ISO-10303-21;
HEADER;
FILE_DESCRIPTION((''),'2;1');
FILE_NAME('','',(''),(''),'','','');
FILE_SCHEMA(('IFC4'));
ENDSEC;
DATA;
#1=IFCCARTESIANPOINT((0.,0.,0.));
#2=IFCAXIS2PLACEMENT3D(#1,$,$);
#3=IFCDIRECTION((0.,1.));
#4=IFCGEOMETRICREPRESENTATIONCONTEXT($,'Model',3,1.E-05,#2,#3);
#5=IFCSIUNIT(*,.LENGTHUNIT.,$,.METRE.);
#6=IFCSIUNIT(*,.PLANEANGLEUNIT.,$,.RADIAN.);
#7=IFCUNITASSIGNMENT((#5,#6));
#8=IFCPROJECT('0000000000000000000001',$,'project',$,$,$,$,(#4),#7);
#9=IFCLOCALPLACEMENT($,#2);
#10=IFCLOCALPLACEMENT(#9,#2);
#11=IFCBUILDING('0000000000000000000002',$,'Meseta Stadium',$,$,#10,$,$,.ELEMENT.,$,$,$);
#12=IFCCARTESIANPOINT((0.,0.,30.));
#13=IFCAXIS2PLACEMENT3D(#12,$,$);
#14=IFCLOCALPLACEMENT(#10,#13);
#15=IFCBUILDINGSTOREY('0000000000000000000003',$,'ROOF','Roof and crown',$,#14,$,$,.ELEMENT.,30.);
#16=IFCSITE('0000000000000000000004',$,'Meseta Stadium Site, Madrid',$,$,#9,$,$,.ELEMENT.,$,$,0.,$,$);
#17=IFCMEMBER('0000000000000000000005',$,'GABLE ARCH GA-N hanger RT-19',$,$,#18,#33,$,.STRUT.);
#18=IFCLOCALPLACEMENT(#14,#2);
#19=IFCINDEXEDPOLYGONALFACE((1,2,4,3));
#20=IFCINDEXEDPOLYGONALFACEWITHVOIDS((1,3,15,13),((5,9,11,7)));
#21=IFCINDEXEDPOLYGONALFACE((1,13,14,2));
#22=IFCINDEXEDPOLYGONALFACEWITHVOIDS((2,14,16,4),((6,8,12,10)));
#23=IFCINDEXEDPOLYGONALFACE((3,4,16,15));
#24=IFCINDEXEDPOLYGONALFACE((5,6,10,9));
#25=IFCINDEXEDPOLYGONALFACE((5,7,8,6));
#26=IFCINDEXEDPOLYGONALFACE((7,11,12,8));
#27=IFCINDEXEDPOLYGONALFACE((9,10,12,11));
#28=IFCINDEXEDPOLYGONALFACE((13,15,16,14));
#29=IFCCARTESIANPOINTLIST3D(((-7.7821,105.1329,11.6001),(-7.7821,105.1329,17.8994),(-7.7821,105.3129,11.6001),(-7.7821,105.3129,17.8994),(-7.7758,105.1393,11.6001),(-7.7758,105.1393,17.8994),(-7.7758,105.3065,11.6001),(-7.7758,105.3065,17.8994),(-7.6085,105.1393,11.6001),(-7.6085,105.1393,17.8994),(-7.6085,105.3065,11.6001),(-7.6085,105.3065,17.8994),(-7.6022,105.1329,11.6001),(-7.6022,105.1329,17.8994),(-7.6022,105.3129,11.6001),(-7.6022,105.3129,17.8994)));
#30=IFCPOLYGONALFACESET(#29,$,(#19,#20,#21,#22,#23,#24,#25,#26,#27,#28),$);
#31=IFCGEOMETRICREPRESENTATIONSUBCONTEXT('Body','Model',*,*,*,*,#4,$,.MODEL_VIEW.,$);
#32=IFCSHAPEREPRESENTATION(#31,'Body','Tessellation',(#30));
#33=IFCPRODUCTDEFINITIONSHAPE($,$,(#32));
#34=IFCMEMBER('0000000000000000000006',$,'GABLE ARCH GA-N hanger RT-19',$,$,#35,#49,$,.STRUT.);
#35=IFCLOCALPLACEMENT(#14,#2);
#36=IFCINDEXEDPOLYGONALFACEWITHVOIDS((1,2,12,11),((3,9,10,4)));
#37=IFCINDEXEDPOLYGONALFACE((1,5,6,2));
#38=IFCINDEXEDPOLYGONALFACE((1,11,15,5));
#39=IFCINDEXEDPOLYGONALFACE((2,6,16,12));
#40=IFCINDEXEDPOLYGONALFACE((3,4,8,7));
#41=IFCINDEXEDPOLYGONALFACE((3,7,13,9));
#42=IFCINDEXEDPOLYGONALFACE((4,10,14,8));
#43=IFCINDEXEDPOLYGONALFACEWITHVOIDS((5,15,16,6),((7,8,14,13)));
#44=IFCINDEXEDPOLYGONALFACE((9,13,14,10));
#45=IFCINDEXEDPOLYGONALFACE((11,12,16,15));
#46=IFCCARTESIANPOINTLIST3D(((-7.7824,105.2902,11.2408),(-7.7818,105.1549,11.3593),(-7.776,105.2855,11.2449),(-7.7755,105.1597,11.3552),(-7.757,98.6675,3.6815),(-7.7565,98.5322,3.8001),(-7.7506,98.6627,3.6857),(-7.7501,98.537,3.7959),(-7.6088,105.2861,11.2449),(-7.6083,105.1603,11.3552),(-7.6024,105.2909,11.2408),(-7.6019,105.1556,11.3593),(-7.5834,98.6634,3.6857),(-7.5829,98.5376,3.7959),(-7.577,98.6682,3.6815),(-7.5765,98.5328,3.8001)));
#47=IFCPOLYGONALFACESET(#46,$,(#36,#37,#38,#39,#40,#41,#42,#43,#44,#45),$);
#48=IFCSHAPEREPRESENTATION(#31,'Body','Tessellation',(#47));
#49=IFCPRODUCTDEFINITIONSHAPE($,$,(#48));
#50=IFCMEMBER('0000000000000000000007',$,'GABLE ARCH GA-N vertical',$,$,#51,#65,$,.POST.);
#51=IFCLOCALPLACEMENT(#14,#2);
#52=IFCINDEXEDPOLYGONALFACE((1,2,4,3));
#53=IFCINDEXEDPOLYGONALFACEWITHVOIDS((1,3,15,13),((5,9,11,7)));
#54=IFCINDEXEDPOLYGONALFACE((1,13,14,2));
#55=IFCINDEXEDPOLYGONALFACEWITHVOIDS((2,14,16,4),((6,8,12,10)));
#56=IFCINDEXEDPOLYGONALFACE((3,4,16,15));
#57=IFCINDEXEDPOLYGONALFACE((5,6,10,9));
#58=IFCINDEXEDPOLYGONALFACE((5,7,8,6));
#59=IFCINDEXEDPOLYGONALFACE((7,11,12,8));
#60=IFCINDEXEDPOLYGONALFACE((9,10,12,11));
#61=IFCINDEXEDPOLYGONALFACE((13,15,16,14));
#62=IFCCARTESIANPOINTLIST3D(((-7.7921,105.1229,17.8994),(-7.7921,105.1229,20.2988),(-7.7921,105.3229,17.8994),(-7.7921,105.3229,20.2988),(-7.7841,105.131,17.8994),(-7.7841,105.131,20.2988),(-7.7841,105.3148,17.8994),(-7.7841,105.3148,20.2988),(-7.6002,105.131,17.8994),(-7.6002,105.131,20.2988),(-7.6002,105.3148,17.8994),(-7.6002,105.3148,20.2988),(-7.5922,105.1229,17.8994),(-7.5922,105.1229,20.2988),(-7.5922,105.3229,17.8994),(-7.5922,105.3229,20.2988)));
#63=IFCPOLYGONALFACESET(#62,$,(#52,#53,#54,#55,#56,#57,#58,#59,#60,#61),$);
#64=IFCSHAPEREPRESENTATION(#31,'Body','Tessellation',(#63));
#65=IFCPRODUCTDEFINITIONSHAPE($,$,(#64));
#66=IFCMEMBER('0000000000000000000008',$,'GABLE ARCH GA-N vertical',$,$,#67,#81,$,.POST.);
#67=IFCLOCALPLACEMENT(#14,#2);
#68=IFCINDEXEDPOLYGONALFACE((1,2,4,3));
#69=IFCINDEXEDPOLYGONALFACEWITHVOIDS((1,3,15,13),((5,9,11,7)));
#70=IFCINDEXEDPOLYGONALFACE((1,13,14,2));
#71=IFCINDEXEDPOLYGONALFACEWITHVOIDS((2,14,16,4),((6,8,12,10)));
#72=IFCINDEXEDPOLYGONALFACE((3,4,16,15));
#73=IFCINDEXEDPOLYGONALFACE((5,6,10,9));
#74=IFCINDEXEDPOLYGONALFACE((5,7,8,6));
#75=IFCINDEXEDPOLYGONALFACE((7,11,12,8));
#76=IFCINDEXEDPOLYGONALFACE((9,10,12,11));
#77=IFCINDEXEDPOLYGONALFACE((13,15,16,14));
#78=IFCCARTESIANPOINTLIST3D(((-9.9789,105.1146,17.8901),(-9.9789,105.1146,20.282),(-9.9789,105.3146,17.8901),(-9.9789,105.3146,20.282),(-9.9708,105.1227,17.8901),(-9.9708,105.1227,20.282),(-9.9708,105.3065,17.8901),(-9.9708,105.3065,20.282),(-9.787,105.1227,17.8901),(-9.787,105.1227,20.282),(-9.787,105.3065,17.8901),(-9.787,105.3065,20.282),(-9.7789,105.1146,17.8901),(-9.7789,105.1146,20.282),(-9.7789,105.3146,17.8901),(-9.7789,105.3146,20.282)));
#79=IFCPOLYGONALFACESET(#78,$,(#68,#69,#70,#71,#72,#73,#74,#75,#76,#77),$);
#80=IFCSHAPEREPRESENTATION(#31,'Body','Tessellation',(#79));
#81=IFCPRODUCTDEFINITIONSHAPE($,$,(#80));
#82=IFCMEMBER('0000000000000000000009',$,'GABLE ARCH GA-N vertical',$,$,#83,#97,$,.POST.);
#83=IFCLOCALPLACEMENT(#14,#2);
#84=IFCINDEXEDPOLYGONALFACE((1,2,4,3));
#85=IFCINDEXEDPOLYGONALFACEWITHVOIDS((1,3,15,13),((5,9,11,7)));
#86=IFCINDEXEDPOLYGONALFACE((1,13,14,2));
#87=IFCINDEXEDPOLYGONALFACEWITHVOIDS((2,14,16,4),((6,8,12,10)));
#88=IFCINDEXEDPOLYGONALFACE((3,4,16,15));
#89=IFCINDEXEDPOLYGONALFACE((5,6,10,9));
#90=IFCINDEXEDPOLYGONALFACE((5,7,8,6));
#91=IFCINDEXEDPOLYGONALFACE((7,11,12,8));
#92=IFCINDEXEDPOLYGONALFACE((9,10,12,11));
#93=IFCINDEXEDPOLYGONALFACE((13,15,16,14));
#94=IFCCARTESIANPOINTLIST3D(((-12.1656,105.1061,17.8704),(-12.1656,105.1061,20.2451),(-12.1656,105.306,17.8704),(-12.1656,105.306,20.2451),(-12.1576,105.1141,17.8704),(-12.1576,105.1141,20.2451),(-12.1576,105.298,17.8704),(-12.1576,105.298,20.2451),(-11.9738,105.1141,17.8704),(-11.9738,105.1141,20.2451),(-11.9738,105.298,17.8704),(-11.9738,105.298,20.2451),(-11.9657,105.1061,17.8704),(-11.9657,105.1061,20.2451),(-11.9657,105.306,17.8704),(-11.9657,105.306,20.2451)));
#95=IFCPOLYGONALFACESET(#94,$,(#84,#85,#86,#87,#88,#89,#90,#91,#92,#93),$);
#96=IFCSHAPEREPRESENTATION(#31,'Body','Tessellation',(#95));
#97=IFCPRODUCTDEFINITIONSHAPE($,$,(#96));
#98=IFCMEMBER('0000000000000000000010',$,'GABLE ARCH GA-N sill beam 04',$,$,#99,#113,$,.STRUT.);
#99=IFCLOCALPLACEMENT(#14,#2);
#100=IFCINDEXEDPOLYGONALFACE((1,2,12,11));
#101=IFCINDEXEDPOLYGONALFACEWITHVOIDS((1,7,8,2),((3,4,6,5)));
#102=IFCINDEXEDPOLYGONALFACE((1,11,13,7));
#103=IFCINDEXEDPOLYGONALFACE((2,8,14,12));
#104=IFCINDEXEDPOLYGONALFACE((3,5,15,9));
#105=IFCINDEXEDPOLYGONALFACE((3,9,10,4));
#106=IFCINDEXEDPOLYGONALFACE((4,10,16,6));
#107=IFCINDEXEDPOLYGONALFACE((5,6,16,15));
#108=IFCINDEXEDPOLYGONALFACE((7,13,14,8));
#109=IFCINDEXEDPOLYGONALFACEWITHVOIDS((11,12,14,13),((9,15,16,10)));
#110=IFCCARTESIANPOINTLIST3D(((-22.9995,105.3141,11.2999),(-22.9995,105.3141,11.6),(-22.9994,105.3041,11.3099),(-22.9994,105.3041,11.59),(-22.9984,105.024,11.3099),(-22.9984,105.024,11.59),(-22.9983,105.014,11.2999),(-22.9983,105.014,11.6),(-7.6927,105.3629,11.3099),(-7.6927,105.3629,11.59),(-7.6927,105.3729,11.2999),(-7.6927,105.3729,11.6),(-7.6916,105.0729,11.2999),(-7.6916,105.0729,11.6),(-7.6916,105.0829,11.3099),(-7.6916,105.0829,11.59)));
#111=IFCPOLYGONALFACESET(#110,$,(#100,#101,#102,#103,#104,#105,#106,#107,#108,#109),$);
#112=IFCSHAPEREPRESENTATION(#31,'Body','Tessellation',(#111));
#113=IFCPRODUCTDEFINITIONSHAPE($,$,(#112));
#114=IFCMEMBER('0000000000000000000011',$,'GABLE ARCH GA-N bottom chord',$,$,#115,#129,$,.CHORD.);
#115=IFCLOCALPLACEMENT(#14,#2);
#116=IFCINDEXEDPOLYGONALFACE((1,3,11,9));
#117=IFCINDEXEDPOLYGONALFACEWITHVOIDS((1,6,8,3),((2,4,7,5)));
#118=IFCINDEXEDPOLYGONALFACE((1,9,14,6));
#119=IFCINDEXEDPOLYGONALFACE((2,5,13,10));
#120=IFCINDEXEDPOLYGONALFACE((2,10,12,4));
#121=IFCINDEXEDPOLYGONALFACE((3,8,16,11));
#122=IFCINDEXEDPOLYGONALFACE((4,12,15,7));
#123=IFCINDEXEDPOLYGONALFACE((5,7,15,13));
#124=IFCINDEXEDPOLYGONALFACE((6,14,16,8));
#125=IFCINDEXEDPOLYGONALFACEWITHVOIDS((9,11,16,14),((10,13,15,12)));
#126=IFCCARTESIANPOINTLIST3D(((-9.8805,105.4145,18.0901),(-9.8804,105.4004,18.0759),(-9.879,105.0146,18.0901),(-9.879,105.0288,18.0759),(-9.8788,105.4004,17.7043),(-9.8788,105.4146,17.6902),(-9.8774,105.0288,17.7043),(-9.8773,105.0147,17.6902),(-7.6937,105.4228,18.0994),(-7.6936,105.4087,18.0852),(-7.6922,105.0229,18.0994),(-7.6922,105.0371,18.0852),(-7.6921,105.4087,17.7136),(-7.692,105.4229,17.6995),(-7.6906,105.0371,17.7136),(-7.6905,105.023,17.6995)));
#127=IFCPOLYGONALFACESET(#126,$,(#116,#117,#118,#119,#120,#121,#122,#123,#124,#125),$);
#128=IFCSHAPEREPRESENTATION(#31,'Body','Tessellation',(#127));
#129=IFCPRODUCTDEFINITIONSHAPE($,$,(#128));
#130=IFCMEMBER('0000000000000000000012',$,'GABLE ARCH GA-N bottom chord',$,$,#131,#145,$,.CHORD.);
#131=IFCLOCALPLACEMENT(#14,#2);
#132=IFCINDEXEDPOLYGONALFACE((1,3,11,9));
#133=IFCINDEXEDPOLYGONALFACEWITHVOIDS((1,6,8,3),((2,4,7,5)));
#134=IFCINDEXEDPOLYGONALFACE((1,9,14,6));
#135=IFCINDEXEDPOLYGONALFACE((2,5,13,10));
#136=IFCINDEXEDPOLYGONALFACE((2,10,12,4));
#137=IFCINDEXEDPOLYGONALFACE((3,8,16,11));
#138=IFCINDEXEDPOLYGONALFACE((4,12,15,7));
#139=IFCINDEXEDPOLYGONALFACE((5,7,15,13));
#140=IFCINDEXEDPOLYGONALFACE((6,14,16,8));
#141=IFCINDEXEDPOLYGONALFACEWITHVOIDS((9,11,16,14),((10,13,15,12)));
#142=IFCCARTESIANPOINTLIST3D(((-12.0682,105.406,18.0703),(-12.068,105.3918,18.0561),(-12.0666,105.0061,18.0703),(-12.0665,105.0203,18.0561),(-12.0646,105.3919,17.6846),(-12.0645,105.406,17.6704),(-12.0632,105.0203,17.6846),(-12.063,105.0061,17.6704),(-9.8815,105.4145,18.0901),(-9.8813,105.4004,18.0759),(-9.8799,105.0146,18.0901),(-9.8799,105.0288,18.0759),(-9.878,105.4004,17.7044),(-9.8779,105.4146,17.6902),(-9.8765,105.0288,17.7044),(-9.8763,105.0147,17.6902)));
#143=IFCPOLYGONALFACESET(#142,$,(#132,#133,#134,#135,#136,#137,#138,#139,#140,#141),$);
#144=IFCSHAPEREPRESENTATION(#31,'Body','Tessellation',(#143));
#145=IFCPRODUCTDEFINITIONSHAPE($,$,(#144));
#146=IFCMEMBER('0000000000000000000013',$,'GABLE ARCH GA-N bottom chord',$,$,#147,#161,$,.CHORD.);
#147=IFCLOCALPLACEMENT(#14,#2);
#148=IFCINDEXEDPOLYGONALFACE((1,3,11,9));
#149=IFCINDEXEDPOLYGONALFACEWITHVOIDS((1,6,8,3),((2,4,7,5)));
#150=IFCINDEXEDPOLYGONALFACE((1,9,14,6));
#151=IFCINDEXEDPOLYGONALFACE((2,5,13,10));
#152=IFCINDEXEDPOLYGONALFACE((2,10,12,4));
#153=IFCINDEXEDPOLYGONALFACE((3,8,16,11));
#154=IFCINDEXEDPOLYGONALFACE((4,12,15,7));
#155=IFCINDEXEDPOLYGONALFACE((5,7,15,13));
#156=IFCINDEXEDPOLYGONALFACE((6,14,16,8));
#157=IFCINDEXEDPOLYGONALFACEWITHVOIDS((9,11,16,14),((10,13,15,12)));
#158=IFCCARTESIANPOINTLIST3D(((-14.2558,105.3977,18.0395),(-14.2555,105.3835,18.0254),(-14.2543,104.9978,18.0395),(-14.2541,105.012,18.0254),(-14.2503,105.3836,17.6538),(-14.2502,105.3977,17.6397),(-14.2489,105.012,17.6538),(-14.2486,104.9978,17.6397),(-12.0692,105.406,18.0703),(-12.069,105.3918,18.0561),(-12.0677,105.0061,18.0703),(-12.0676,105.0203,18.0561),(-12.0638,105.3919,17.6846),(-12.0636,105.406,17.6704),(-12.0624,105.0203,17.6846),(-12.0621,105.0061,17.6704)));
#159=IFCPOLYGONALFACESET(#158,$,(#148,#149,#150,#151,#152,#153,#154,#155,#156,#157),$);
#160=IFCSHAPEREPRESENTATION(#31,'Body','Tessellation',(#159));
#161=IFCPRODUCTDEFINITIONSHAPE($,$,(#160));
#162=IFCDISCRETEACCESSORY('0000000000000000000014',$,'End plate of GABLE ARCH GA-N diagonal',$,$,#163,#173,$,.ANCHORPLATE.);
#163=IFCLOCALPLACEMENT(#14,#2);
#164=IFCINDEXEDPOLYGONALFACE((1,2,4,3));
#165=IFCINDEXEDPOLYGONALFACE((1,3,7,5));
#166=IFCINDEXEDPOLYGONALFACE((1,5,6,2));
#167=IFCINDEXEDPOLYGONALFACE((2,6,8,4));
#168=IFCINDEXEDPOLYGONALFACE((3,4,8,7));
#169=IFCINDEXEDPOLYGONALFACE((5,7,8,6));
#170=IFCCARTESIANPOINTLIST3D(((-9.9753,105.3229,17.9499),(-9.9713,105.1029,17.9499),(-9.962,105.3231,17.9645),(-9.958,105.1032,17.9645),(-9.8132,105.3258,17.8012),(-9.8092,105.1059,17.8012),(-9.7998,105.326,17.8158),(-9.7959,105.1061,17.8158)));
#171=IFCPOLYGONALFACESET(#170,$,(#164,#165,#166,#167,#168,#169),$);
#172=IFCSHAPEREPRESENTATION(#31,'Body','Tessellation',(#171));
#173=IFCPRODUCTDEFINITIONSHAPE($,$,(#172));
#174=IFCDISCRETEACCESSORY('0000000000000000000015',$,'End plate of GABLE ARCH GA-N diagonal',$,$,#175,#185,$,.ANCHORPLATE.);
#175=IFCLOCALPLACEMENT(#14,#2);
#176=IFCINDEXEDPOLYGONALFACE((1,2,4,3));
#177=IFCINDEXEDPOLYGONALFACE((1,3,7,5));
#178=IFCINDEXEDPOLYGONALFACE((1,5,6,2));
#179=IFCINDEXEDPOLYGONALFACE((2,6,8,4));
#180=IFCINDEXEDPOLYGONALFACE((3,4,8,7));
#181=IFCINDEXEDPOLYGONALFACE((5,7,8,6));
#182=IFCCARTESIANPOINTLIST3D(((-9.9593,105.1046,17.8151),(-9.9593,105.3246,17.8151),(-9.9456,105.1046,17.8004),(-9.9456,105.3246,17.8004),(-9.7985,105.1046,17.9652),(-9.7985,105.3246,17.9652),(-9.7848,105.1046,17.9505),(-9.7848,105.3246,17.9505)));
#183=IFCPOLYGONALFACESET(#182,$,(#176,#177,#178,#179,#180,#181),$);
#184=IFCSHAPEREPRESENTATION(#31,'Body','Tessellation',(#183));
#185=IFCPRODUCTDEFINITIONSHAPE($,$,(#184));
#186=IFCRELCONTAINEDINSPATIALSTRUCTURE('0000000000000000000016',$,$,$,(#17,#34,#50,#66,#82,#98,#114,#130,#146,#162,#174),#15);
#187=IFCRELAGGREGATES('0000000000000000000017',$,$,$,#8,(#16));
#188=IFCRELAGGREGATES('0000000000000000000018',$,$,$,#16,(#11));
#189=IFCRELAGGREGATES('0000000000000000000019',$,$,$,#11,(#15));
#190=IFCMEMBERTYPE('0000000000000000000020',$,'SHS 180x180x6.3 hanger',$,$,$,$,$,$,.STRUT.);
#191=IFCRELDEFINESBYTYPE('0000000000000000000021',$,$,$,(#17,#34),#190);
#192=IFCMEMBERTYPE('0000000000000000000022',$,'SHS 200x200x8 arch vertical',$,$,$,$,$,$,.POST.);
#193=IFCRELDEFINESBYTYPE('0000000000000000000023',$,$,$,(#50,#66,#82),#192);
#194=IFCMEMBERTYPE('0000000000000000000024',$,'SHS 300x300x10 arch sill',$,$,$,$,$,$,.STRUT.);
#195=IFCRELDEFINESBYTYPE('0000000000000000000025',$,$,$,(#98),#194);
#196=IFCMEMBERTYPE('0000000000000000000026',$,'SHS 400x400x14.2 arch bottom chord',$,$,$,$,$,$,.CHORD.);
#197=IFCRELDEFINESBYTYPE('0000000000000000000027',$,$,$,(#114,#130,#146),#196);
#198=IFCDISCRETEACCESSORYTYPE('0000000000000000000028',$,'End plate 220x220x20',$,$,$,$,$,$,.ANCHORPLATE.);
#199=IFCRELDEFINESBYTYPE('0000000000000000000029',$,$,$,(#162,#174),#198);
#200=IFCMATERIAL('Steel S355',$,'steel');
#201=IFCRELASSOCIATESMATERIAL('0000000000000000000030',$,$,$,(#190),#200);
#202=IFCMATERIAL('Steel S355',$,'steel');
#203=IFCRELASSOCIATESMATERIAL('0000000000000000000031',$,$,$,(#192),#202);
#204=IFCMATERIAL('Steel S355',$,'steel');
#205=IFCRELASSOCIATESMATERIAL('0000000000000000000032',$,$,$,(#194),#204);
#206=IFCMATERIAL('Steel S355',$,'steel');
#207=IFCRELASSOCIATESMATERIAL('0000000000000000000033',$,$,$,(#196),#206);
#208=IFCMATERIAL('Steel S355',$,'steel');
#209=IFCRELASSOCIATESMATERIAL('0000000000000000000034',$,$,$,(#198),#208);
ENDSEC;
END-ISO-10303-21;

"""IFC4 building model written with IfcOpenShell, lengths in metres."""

from ifc_helpers import new_model, si_unit, direction, frame, origin, origin_2d, place, context, subcontext, project, spatial, rectangle, hollow_rectangle, extrude, material, material_profile, profile_set, type_object, element, save


model = new_model("IFC4")

# Units and contexts
model_context = context("Model", 3, precision=1e-05, world=origin(), true_north=direction((0.0, 1.0)))
body_context = subcontext(model_context, "Body", "Model", "MODEL_VIEW")
ifc_project = project(units=[si_unit("LENGTHUNIT", "METRE"), si_unit("PLANEANGLEUNIT", "RADIAN")], contexts=[model_context])

# Site, building, storey
site_placement = place(None, origin())
site = spatial("IfcSite", under=ifc_project, at=site_placement, Name="Meseta Stadium Site, Madrid", CompositionType="ELEMENT", RefElevation=0.0)
building_placement = place(site_placement, origin())
building = spatial("IfcBuilding", under=site, at=building_placement, Name="Meseta Stadium", CompositionType="ELEMENT")
storey_placement = place(building_placement, frame((0.0, 0.0, 30.0)))
storey = spatial("IfcBuildingStorey", under=building, at=storey_placement, Name="ROOF", Description="Roof and crown", CompositionType="ELEMENT", Elevation=30.0)

# Members
ifc_material_1 = material(Name="Steel S355", Category="steel")
ifc_material_profile_1 = material_profile(ifc_material_1, hollow_rectangle(XDim=0.1799, YDim=0.1799, WallThickness=0.0063, at=origin_2d()), Name="SHS 180x180x6.3")
ifc_profile_set_1 = profile_set([ifc_material_profile_1], Name="Steel S355")
member_type_1 = type_object("IfcMemberType", Name="SHS 180x180x6.3 hanger", PredefinedType="STRUT", material=ifc_profile_set_1)
member_1_placement = place(storey_placement, frame((-7.6921, 105.2229, 17.8994), z_axis=(0.0, 0.0, -1.0), x_axis=(1.0, 0.0, 0.0)))
element("IfcMember", 1, at=member_1_placement, inside=storey, type_object=member_type_1, Name="GABLE ARCH GA-N hanger RT-19", PredefinedType="STRUT", context=body_context, shape_type="SweptSolid", body=[
    extrude(hollow_rectangle(XDim=0.1799, YDim=0.1799, WallThickness=0.0063, at=origin_2d()), origin(), (0.0, 0.0, 1.0), 6.2993),
])
member_2_placement = place(storey_placement, frame((-7.6921, 105.2229, 11.3), z_axis=(0.002526, -0.658975, -0.75216), x_axis=(0.999993, 0.003834, 0.0)))
element("IfcMember", 2, at=member_2_placement, inside=storey, type_object=member_type_1, Name="GABLE ARCH GA-N hanger RT-19", PredefinedType="STRUT", context=body_context, shape_type="SweptSolid", body=[
    extrude(hollow_rectangle(XDim=0.1799, YDim=0.1799, WallThickness=0.0063, at=origin_2d()), origin(), (0.0, 0.0, 1.0), 10.05),
])
ifc_material_2 = material(Name="Steel S355", Category="steel")
ifc_material_profile_2 = material_profile(ifc_material_2, hollow_rectangle(XDim=0.2, YDim=0.2, WallThickness=0.0081, at=origin_2d()), Name="SHS 200x200x8")
ifc_profile_set_2 = profile_set([ifc_material_profile_2], Name="Steel S355")
member_type_2 = type_object("IfcMemberType", Name="SHS 200x200x8 arch vertical", PredefinedType="POST", material=ifc_profile_set_2)
member_3_placement = place(storey_placement, frame((-7.6921, 105.2229, 17.8994), z_axis=(0.0, 0.0, 1.0), x_axis=(1.0, 0.0, 0.0)))
element("IfcMember", 3, at=member_3_placement, inside=storey, type_object=member_type_2, Name="GABLE ARCH GA-N vertical", PredefinedType="POST", context=body_context, shape_type="SweptSolid", body=[
    extrude(hollow_rectangle(XDim=0.2, YDim=0.2, WallThickness=0.0081, at=origin_2d()), origin(), (0.0, 0.0, 1.0), 2.3994),
])
member_4_placement = place(storey_placement, frame((-9.8789, 105.2146, 17.8901), z_axis=(0.0, 0.0, 1.0), x_axis=(1.0, 0.0, 0.0)))
element("IfcMember", 4, at=member_4_placement, inside=storey, type_object=member_type_2, Name="GABLE ARCH GA-N vertical", PredefinedType="POST", context=body_context, shape_type="SweptSolid", body=[
    extrude(hollow_rectangle(XDim=0.2, YDim=0.2, WallThickness=0.0081, at=origin_2d()), origin(), (0.0, 0.0, 1.0), 2.3918),
])
member_5_placement = place(storey_placement, frame((-12.0657, 105.2061, 17.8704), z_axis=(0.0, 0.0, 1.0), x_axis=(1.0, 0.0, 0.0)))
element("IfcMember", 5, at=member_5_placement, inside=storey, type_object=member_type_2, Name="GABLE ARCH GA-N vertical", PredefinedType="POST", context=body_context, shape_type="SweptSolid", body=[
    extrude(hollow_rectangle(XDim=0.2, YDim=0.2, WallThickness=0.0081, at=origin_2d()), origin(), (0.0, 0.0, 1.0), 2.3748),
])
ifc_material_3 = material(Name="Steel S355", Category="steel")
ifc_material_profile_3 = material_profile(ifc_material_3, hollow_rectangle(XDim=0.3, YDim=0.3, WallThickness=0.01, at=origin_2d()), Name="SHS 300x300x10")
ifc_profile_set_3 = profile_set([ifc_material_profile_3], Name="Steel S355")
member_type_3 = type_object("IfcMemberType", Name="SHS 300x300x10 arch sill", PredefinedType="STRUT", material=ifc_profile_set_3)
member_6_placement = place(storey_placement, frame((-7.6921, 105.2229, 11.45), z_axis=(-0.999993, -0.003844, 0.0), x_axis=(0.003844, -0.999993, 0.0)))
element("IfcMember", 6, at=member_6_placement, inside=storey, type_object=member_type_3, Name="GABLE ARCH GA-N sill beam 04", PredefinedType="STRUT", context=body_context, shape_type="SweptSolid", body=[
    extrude(hollow_rectangle(XDim=0.3, YDim=0.3, WallThickness=0.01, at=origin_2d()), origin(), (0.0, 0.0, 1.0), 15.3069),
])
ifc_material_4 = material(Name="Steel S355", Category="steel")
ifc_material_profile_4 = material_profile(ifc_material_4, hollow_rectangle(XDim=0.3999, YDim=0.3999, WallThickness=0.0142, at=origin_2d()), Name="SHS 400x400x14.2")
ifc_profile_set_4 = profile_set([ifc_material_profile_4], Name="Steel S355")
member_type_4 = type_object("IfcMemberType", Name="SHS 400x400x14.2 arch bottom chord", PredefinedType="CHORD", material=ifc_profile_set_4)
for number, where, z_axis, x_axis, name in (
    (7, (-7.6921, 105.2229, 17.8994), (-0.999984, -0.003796, -0.004242), (0.003796, -0.999993, 0.0), "GABLE ARCH GA-N bottom chord"),
    (8, (-9.8789, 105.2146, 17.8901), (-0.999951, -0.003907, -0.009043), (0.003908, -0.999992, 0.0), "GABLE ARCH GA-N bottom chord"),
    (9, (-12.0657, 105.2061, 17.8704), (-0.999894, -0.003796, -0.014067), (0.003796, -0.999993, 0.0), "GABLE ARCH GA-N bottom chord"),
):
    element("IfcMember", number, at=place(storey_placement, frame(where, z_axis=z_axis, x_axis=x_axis)), inside=storey, type_object=member_type_4, Name=name, PredefinedType="CHORD", context=body_context, shape_type="SweptSolid", body=[
        extrude(hollow_rectangle(XDim=0.3999, YDim=0.3999, WallThickness=0.0142, at=origin_2d()), origin(), (0.0, 0.0, 1.0), 2.1868),
    ])

# Discrete accessories
ifc_material_5 = material(Name="Steel S355", Category="steel")
ifc_material_profile_5 = material_profile(ifc_material_5, rectangle(XDim=0.22, YDim=0.22, at=origin_2d()), Name="PL 220x220")
ifc_profile_set_5 = profile_set([ifc_material_profile_5], Name="Steel S355")
discrete_accessory_type_1 = type_object("IfcDiscreteAccessoryType", Name="End plate 220x220x20", PredefinedType="ANCHORPLATE", material=ifc_profile_set_5)
discrete_accessory_1_placement = place(storey_placement, frame((-9.8789, 105.2146, 17.8901), z_axis=(-0.675674, -0.012285, -0.737099), x_axis=(0.018179, -0.999835, 0.0)))
element("IfcDiscreteAccessory", 10, at=discrete_accessory_1_placement, inside=storey, type_object=discrete_accessory_type_1, Name="End plate of GABLE ARCH GA-N diagonal", PredefinedType="ANCHORPLATE", context=body_context, shape_type="SweptSolid", body=[
    extrude(rectangle(XDim=0.22, YDim=0.22, at=origin_2d()), origin(), (0.0, 0.0, 1.0), 0.0198),
])
discrete_accessory_2_placement = place(storey_placement, frame((-9.8652, 105.2146, 17.8755), z_axis=(-0.682318, 0.0, 0.731055), x_axis=(0.0, -1.0, 0.0)))
element("IfcDiscreteAccessory", 11, at=discrete_accessory_2_placement, inside=storey, type_object=discrete_accessory_type_1, Name="End plate of GABLE ARCH GA-N diagonal", PredefinedType="ANCHORPLATE", context=body_context, shape_type="SweptSolid", body=[
    extrude(rectangle(XDim=0.22, YDim=0.22, at=origin_2d()), origin(), (0.0, 0.0, 1.0), 0.02),
])

save(model, "model.ifc")
